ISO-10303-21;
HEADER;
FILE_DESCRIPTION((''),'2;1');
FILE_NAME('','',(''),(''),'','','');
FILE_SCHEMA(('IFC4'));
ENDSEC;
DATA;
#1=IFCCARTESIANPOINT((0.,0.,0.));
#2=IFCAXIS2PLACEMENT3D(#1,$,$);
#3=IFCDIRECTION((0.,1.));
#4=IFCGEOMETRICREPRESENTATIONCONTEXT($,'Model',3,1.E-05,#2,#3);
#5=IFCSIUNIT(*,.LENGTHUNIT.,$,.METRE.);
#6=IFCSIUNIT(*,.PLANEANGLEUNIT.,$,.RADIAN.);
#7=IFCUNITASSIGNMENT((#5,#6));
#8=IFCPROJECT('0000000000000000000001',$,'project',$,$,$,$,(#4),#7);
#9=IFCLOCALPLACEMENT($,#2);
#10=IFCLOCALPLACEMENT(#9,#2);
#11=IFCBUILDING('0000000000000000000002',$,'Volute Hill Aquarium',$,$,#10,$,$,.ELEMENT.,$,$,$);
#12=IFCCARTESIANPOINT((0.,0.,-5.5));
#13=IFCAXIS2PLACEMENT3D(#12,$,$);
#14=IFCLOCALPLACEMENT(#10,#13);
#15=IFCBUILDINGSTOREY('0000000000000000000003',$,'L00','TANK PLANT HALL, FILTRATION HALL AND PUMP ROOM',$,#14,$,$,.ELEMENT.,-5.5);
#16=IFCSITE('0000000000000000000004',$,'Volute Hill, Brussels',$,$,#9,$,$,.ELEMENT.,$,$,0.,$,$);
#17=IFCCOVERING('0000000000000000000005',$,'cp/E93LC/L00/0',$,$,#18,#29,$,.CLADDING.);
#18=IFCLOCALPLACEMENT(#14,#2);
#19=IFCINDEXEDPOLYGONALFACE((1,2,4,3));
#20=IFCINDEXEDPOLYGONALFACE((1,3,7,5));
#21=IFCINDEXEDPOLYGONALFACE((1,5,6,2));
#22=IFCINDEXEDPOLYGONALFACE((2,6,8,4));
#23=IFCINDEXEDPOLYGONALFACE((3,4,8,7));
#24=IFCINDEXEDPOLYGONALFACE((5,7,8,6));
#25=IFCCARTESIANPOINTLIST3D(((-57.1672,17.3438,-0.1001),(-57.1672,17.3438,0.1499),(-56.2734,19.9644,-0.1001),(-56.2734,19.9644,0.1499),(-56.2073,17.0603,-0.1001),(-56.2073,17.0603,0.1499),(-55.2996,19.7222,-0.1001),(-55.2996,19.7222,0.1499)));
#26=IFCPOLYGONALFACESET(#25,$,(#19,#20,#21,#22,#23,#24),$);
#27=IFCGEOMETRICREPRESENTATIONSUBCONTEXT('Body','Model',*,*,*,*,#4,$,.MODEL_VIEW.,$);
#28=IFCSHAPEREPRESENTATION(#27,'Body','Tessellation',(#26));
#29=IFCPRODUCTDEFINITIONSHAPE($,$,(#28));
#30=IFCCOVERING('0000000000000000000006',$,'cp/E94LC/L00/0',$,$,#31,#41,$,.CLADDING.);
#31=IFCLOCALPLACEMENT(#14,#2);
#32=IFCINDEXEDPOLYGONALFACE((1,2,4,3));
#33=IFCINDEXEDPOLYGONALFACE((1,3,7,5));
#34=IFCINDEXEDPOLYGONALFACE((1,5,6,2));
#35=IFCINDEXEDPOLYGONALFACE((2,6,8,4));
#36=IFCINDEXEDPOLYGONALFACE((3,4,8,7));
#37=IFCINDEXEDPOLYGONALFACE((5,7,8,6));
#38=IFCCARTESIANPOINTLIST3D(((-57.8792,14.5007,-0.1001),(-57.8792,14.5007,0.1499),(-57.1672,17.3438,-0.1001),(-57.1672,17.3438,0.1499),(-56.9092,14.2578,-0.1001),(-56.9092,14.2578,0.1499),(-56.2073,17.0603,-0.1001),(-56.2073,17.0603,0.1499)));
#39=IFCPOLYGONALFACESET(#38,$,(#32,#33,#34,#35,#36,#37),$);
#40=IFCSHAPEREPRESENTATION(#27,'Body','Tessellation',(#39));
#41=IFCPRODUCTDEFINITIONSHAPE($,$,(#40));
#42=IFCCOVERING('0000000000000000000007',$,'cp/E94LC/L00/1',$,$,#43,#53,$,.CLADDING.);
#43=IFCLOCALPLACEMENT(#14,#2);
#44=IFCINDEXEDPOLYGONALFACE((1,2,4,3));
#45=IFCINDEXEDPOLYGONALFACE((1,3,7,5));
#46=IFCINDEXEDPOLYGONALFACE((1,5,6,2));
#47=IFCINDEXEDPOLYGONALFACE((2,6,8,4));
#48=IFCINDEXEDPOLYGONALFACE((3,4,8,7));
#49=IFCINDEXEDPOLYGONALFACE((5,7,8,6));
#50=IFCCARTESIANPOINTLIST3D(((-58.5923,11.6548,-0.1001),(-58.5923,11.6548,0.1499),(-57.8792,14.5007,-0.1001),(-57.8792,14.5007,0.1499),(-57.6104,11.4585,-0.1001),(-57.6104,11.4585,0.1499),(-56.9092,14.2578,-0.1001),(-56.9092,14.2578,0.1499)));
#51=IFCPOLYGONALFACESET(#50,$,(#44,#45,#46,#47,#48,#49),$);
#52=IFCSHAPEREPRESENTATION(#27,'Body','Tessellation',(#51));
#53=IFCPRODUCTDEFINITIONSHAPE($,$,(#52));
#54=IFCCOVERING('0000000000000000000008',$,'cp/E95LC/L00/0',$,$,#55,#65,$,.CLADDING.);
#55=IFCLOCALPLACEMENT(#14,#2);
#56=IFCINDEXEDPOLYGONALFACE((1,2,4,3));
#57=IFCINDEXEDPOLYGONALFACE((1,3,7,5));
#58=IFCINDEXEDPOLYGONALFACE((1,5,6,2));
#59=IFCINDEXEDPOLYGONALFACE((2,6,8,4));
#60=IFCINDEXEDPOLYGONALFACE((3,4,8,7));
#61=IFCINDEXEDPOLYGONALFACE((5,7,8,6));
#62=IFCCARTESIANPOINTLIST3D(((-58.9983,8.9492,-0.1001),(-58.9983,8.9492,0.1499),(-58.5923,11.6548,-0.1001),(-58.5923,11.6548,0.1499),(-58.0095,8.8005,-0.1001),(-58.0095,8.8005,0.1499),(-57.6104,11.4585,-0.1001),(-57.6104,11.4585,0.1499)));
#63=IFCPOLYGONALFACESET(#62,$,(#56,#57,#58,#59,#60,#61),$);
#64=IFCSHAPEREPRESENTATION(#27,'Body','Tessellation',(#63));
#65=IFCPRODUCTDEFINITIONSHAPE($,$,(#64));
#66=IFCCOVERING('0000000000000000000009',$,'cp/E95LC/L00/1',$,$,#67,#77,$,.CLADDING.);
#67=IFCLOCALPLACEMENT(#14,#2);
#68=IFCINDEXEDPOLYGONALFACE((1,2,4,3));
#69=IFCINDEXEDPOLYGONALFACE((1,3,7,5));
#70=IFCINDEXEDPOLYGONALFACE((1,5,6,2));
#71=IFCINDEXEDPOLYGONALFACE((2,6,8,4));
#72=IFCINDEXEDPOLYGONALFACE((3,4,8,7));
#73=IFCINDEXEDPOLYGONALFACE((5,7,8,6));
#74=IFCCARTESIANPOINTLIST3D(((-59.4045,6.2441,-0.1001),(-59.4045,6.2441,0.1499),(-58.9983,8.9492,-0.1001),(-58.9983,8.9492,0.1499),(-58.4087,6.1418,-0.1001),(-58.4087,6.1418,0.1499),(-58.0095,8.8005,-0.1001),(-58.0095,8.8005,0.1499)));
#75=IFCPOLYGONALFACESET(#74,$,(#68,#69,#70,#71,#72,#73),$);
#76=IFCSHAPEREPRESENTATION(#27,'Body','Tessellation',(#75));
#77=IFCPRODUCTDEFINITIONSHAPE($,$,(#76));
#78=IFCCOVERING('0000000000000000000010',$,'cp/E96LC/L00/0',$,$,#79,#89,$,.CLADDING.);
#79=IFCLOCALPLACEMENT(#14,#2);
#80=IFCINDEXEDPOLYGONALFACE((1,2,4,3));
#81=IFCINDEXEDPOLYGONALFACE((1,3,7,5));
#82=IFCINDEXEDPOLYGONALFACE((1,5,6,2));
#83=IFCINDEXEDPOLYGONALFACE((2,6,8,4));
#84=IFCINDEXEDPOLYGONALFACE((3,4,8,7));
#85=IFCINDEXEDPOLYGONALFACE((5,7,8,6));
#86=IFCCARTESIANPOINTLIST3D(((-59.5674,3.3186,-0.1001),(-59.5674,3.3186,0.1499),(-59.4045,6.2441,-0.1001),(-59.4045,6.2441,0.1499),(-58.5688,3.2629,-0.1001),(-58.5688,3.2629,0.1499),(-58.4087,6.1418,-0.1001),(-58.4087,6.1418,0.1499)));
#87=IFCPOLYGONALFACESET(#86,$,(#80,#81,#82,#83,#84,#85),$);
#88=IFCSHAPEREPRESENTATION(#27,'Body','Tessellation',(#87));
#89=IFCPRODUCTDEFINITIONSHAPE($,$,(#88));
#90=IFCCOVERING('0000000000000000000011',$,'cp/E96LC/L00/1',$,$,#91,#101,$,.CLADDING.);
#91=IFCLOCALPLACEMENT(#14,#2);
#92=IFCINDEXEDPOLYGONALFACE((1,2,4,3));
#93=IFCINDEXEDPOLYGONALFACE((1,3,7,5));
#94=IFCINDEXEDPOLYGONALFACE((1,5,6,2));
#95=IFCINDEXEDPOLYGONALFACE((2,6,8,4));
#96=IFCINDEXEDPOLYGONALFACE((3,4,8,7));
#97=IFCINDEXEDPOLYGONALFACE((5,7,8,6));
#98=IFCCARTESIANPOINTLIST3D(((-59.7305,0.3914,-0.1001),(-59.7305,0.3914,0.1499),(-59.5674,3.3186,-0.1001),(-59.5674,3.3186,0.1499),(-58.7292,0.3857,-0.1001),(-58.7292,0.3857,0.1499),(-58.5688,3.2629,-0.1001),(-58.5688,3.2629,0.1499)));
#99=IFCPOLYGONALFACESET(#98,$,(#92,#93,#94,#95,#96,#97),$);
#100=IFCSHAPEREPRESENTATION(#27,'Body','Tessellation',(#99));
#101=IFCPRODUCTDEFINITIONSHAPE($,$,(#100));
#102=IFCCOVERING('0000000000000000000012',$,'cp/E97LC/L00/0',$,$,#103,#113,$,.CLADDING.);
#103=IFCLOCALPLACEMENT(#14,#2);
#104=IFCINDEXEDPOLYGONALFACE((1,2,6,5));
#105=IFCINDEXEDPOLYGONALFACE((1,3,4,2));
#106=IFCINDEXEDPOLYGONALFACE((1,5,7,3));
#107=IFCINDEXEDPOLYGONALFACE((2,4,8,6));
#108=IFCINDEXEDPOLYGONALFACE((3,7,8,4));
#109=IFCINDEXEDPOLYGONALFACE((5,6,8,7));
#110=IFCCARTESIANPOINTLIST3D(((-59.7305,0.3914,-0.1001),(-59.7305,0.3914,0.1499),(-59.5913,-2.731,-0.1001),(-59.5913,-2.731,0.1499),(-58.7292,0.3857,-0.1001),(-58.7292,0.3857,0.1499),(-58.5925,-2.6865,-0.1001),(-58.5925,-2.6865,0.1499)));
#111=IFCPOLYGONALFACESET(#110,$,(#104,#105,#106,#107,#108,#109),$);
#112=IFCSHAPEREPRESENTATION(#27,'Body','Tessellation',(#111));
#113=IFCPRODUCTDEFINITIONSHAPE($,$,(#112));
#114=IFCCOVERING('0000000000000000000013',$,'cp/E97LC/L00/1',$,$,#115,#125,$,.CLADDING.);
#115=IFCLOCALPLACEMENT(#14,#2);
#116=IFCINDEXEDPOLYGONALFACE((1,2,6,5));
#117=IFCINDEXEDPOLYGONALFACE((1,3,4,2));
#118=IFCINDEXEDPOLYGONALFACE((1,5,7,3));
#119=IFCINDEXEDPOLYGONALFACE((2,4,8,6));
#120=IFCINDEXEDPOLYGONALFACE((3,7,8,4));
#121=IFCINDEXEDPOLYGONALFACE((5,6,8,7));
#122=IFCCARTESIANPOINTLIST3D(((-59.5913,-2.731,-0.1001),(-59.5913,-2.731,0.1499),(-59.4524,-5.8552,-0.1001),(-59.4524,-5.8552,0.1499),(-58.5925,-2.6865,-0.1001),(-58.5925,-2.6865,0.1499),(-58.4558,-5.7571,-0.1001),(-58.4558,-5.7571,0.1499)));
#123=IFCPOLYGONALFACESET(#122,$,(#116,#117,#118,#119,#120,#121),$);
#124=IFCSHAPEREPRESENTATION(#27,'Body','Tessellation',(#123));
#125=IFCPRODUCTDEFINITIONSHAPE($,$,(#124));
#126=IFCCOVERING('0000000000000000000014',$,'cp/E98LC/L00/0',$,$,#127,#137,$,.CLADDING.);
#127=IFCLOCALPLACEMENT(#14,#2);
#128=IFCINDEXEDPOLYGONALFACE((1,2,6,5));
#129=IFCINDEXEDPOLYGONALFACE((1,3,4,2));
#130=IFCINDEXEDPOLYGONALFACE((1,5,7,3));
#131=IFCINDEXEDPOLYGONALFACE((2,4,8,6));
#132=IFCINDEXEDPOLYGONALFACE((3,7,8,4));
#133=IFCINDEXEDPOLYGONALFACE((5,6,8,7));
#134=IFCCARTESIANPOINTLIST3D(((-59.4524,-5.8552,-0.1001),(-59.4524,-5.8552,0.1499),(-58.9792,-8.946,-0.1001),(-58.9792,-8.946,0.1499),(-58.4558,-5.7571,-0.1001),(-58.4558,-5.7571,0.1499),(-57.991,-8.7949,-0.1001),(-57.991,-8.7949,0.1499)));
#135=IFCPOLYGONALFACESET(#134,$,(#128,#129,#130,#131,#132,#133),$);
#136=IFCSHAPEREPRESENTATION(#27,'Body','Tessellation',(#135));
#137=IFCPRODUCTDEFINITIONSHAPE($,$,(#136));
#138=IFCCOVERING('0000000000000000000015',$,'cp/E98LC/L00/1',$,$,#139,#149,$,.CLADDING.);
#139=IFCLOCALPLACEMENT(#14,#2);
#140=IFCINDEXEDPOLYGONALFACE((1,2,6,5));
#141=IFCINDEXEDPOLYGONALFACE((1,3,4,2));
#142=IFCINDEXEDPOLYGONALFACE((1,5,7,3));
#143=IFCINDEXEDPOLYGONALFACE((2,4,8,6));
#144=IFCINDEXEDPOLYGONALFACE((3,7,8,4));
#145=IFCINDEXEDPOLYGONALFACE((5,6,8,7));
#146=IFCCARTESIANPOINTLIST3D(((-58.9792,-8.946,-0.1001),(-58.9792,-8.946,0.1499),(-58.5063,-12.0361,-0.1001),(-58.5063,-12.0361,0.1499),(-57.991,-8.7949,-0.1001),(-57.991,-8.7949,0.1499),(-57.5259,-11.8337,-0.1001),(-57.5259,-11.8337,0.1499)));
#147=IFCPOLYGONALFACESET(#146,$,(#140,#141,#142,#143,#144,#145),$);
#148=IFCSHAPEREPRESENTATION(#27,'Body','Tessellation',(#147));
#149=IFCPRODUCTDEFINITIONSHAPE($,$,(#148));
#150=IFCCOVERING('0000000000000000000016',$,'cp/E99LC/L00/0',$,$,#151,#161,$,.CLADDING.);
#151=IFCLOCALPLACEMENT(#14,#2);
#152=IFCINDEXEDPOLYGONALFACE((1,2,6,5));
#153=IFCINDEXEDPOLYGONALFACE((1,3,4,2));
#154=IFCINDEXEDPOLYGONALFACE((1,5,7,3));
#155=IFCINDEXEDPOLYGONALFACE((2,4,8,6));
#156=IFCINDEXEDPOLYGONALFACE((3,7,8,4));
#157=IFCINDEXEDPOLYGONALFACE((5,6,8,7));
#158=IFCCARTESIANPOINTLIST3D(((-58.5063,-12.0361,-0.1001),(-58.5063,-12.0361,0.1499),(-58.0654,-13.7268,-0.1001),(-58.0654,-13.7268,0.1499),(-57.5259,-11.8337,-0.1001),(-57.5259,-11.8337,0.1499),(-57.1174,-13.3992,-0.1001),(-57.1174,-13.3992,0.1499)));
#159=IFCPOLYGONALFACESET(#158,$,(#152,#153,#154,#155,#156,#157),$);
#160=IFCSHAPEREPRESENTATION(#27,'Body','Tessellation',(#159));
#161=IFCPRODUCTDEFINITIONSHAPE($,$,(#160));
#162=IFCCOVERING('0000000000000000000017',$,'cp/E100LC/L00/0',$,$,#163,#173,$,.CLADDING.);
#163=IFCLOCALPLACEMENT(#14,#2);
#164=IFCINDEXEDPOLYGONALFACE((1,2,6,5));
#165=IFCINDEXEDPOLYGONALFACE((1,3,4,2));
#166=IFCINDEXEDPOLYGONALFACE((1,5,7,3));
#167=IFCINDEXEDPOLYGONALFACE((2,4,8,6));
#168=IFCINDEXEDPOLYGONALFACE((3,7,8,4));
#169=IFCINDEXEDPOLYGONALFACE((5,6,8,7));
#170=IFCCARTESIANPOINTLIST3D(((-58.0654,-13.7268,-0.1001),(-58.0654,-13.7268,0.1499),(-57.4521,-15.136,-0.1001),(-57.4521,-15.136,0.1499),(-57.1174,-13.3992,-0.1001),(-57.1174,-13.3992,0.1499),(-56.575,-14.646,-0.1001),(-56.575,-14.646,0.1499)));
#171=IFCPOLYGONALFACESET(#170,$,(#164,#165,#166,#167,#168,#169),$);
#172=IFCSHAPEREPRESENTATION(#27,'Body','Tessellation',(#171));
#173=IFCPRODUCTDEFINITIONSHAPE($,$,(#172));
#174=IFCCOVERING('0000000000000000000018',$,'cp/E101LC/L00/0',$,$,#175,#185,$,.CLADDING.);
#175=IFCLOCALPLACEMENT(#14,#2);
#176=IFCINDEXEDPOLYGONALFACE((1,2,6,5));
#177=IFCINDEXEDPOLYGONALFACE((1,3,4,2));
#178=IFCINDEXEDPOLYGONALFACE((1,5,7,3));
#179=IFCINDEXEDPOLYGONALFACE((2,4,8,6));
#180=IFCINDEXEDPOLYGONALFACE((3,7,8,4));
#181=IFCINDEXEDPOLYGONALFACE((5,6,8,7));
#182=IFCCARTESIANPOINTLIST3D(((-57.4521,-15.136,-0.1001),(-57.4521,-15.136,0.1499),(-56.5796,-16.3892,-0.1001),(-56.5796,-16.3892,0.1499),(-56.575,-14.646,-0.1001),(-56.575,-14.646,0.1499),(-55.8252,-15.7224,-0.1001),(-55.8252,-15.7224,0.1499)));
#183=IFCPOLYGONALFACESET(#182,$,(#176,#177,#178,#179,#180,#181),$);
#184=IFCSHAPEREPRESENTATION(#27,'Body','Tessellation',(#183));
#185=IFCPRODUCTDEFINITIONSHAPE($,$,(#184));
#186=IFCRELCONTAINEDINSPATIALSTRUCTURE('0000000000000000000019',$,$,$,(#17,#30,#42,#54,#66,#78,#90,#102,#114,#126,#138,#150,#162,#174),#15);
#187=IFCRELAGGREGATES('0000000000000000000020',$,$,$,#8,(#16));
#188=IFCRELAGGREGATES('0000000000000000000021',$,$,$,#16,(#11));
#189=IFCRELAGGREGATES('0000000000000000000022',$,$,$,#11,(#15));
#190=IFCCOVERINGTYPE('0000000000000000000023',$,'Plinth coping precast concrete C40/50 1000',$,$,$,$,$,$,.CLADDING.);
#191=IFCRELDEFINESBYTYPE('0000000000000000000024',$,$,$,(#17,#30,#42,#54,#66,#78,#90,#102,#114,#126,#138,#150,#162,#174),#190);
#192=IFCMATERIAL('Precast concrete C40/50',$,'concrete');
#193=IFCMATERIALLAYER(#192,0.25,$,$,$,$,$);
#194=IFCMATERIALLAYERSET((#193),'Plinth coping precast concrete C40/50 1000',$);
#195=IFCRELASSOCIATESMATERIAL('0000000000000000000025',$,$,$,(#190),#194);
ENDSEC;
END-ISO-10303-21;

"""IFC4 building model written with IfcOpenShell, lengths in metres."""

from ifc_helpers import new_model, si_unit, direction, frame, origin, place, context, subcontext, project, spatial, polyline, outline, extrude, material, layer, layer_set, type_object, element, save


model = new_model("IFC4")

# Units and contexts
model_context = context("Model", 3, precision=1e-05, world=origin(), true_north=direction((0.0, 1.0)))
body_context = subcontext(model_context, "Body", "Model", "MODEL_VIEW")
ifc_project = project(units=[si_unit("LENGTHUNIT", "METRE"), si_unit("PLANEANGLEUNIT", "RADIAN")], contexts=[model_context])

# Site, building, storey
site_placement = place(None, origin())
site = spatial("IfcSite", under=ifc_project, at=site_placement, Name="Volute Hill, Brussels", CompositionType="ELEMENT", RefElevation=0.0)
building_placement = place(site_placement, origin())
building = spatial("IfcBuilding", under=site, at=building_placement, Name="Volute Hill Aquarium", CompositionType="ELEMENT")
storey_placement = place(building_placement, frame((0.0, 0.0, -5.5)))
storey = spatial("IfcBuildingStorey", under=building, at=storey_placement, Name="L00", Description="TANK PLANT HALL, FILTRATION HALL AND PUMP ROOM", CompositionType="ELEMENT", Elevation=-5.5)

# Coverings
ifc_material_1 = material(Name="Precast concrete C40/50", Category="concrete")
ifc_layer_1 = layer(ifc_material_1, 0.25)
ifc_layer_set_1 = layer_set([ifc_layer_1], Name="Plinth coping precast concrete C40/50 1000")
covering_type_1 = type_object("IfcCoveringType", Name="Plinth coping precast concrete C40/50 1000", PredefinedType="CLADDING", material=ifc_layer_set_1)
covering_1_placement = place(storey_placement, frame((0.0, 0.0, -0.1001)))
element("IfcCovering", 1, at=covering_1_placement, inside=storey, type_object=covering_type_1, Name="cp/E93LC/L00/0", PredefinedType="CLADDING", context=body_context, shape_type="SweptSolid", body=[
    extrude(outline(polyline([(-56.2734, 19.9644), (-57.1672, 17.3438), (-56.2073, 17.0603), (-55.2996, 19.7222), (-55.2996, 19.7222), (-56.2734, 19.9644), (-56.2734, 19.9644)])), origin(), (0.0, 0.0, 1.0), 0.25),
])
covering_2_placement = place(storey_placement, frame((0.0, 0.0, -0.1001)))
element("IfcCovering", 2, at=covering_2_placement, inside=storey, type_object=covering_type_1, Name="cp/E94LC/L00/0", PredefinedType="CLADDING", context=body_context, shape_type="SweptSolid", body=[
    extrude(outline(polyline([(-57.1672, 17.3438), (-57.8792, 14.5007), (-56.9092, 14.2578), (-56.2073, 17.0603), (-56.2073, 17.0603), (-57.1672, 17.3438), (-57.1672, 17.3438)])), origin(), (0.0, 0.0, 1.0), 0.25),
])
covering_3_placement = place(storey_placement, frame((0.0, 0.0, -0.1001)))
element("IfcCovering", 3, at=covering_3_placement, inside=storey, type_object=covering_type_1, Name="cp/E94LC/L00/1", PredefinedType="CLADDING", context=body_context, shape_type="SweptSolid", body=[
    extrude(outline(polyline([(-58.5923, 11.6548), (-58.5923, 11.6548), (-57.6104, 11.4585), (-57.6104, 11.4585), (-56.9092, 14.2578), (-57.8792, 14.5007), (-58.5923, 11.6548)])), origin(), (0.0, 0.0, 1.0), 0.25),
])
covering_4_placement = place(storey_placement, frame((0.0, 0.0, -0.1001)))
element("IfcCovering", 4, at=covering_4_placement, inside=storey, type_object=covering_type_1, Name="cp/E95LC/L00/0", PredefinedType="CLADDING", context=body_context, shape_type="SweptSolid", body=[
    extrude(outline(polyline([(-58.5923, 11.6548), (-58.9983, 8.9492), (-58.0095, 8.8005), (-57.6104, 11.4585), (-58.5923, 11.6548)])), origin(), (0.0, 0.0, 1.0), 0.25),
])
covering_5_placement = place(storey_placement, frame((0.0, 0.0, -0.1001)))
element("IfcCovering", 5, at=covering_5_placement, inside=storey, type_object=covering_type_1, Name="cp/E95LC/L00/1", PredefinedType="CLADDING", context=body_context, shape_type="SweptSolid", body=[
    extrude(outline(polyline([(-59.4045, 6.2441), (-59.4045, 6.2441), (-58.4087, 6.1418), (-58.0095, 8.8005), (-58.9983, 8.9492), (-59.4045, 6.2441)])), origin(), (0.0, 0.0, 1.0), 0.25),
])
covering_6_placement = place(storey_placement, frame((0.0, 0.0, -0.1001)))
element("IfcCovering", 6, at=covering_6_placement, inside=storey, type_object=covering_type_1, Name="cp/E96LC/L00/0", PredefinedType="CLADDING", context=body_context, shape_type="SweptSolid", body=[
    extrude(outline(polyline([(-59.4045, 6.2441), (-59.5674, 3.3186), (-58.5688, 3.2629), (-58.4087, 6.1418), (-58.4087, 6.1418), (-59.4045, 6.2441)])), origin(), (0.0, 0.0, 1.0), 0.25),
])
covering_7_placement = place(storey_placement, frame((0.0, 0.0, -0.1001)))
element("IfcCovering", 7, at=covering_7_placement, inside=storey, type_object=covering_type_1, Name="cp/E96LC/L00/1", PredefinedType="CLADDING", context=body_context, shape_type="SweptSolid", body=[
    extrude(outline(polyline([(-59.5674, 3.3186), (-59.7305, 0.3914), (-58.7292, 0.3857), (-58.5688, 3.2629), (-59.5674, 3.3186)])), origin(), (0.0, 0.0, 1.0), 0.25),
])
covering_8_placement = place(storey_placement, frame((0.0, 0.0, -0.1001)))
element("IfcCovering", 8, at=covering_8_placement, inside=storey, type_object=covering_type_1, Name="cp/E97LC/L00/0", PredefinedType="CLADDING", context=body_context, shape_type="SweptSolid", body=[
    extrude(outline(polyline([(-59.7305, 0.3914), (-59.5913, -2.731), (-58.5925, -2.6865), (-58.7292, 0.3857), (-58.7292, 0.3857), (-59.7305, 0.3914), (-59.7305, 0.3914)])), origin(), (0.0, 0.0, 1.0), 0.25),
])
covering_9_placement = place(storey_placement, frame((0.0, 0.0, -0.1001)))
element("IfcCovering", 9, at=covering_9_placement, inside=storey, type_object=covering_type_1, Name="cp/E97LC/L00/1", PredefinedType="CLADDING", context=body_context, shape_type="SweptSolid", body=[
    extrude(outline(polyline([(-59.4524, -5.8552), (-59.4524, -5.8552), (-58.4558, -5.7571), (-58.4558, -5.7571), (-58.5925, -2.6865), (-59.5913, -2.731), (-59.4524, -5.8552)])), origin(), (0.0, 0.0, 1.0), 0.25),
])
covering_10_placement = place(storey_placement, frame((0.0, 0.0, -0.1001)))
element("IfcCovering", 10, at=covering_10_placement, inside=storey, type_object=covering_type_1, Name="cp/E98LC/L00/0", PredefinedType="CLADDING", context=body_context, shape_type="SweptSolid", body=[
    extrude(outline(polyline([(-59.4524, -5.8552), (-58.9792, -8.946), (-57.991, -8.7949), (-58.4558, -5.7571), (-59.4524, -5.8552)])), origin(), (0.0, 0.0, 1.0), 0.25),
])
covering_11_placement = place(storey_placement, frame((0.0, 0.0, -0.1001)))
element("IfcCovering", 11, at=covering_11_placement, inside=storey, type_object=covering_type_1, Name="cp/E98LC/L00/1", PredefinedType="CLADDING", context=body_context, shape_type="SweptSolid", body=[
    extrude(outline(polyline([(-58.5063, -12.0361), (-58.5063, -12.0361), (-57.5259, -11.8337), (-57.5259, -11.8337), (-57.991, -8.7949), (-58.9792, -8.946), (-58.5063, -12.0361)])), origin(), (0.0, 0.0, 1.0), 0.25),
])
covering_12_placement = place(storey_placement, frame((0.0, 0.0, -0.1001)))
element("IfcCovering", 12, at=covering_12_placement, inside=storey, type_object=covering_type_1, Name="cp/E99LC/L00/0", PredefinedType="CLADDING", context=body_context, shape_type="SweptSolid", body=[
    extrude(outline(polyline([(-58.5063, -12.0361), (-58.0654, -13.7268), (-57.1174, -13.3992), (-57.5259, -11.8337), (-58.5063, -12.0361)])), origin(), (0.0, 0.0, 1.0), 0.25),
])
covering_13_placement = place(storey_placement, frame((0.0, 0.0, -0.1001)))
element("IfcCovering", 13, at=covering_13_placement, inside=storey, type_object=covering_type_1, Name="cp/E100LC/L00/0", PredefinedType="CLADDING", context=body_context, shape_type="SweptSolid", body=[
    extrude(outline(polyline([(-58.0654, -13.7268), (-57.4521, -15.136), (-56.575, -14.646), (-57.1174, -13.3992), (-57.1174, -13.3992), (-58.0654, -13.7268), (-58.0654, -13.7268)])), origin(), (0.0, 0.0, 1.0), 0.25),
])
covering_14_placement = place(storey_placement, frame((0.0, 0.0, -0.1001)))
element("IfcCovering", 14, at=covering_14_placement, inside=storey, type_object=covering_type_1, Name="cp/E101LC/L00/0", PredefinedType="CLADDING", context=body_context, shape_type="SweptSolid", body=[
    extrude(outline(polyline([(-56.5796, -16.3892), (-56.5796, -16.3892), (-55.8252, -15.7224), (-55.8252, -15.7224), (-56.575, -14.646), (-56.575, -14.646), (-57.4521, -15.136), (-57.4521, -15.136), (-56.5796, -16.3892)])), origin(), (0.0, 0.0, 1.0), 0.25),
])

save(model, "model.ifc")
